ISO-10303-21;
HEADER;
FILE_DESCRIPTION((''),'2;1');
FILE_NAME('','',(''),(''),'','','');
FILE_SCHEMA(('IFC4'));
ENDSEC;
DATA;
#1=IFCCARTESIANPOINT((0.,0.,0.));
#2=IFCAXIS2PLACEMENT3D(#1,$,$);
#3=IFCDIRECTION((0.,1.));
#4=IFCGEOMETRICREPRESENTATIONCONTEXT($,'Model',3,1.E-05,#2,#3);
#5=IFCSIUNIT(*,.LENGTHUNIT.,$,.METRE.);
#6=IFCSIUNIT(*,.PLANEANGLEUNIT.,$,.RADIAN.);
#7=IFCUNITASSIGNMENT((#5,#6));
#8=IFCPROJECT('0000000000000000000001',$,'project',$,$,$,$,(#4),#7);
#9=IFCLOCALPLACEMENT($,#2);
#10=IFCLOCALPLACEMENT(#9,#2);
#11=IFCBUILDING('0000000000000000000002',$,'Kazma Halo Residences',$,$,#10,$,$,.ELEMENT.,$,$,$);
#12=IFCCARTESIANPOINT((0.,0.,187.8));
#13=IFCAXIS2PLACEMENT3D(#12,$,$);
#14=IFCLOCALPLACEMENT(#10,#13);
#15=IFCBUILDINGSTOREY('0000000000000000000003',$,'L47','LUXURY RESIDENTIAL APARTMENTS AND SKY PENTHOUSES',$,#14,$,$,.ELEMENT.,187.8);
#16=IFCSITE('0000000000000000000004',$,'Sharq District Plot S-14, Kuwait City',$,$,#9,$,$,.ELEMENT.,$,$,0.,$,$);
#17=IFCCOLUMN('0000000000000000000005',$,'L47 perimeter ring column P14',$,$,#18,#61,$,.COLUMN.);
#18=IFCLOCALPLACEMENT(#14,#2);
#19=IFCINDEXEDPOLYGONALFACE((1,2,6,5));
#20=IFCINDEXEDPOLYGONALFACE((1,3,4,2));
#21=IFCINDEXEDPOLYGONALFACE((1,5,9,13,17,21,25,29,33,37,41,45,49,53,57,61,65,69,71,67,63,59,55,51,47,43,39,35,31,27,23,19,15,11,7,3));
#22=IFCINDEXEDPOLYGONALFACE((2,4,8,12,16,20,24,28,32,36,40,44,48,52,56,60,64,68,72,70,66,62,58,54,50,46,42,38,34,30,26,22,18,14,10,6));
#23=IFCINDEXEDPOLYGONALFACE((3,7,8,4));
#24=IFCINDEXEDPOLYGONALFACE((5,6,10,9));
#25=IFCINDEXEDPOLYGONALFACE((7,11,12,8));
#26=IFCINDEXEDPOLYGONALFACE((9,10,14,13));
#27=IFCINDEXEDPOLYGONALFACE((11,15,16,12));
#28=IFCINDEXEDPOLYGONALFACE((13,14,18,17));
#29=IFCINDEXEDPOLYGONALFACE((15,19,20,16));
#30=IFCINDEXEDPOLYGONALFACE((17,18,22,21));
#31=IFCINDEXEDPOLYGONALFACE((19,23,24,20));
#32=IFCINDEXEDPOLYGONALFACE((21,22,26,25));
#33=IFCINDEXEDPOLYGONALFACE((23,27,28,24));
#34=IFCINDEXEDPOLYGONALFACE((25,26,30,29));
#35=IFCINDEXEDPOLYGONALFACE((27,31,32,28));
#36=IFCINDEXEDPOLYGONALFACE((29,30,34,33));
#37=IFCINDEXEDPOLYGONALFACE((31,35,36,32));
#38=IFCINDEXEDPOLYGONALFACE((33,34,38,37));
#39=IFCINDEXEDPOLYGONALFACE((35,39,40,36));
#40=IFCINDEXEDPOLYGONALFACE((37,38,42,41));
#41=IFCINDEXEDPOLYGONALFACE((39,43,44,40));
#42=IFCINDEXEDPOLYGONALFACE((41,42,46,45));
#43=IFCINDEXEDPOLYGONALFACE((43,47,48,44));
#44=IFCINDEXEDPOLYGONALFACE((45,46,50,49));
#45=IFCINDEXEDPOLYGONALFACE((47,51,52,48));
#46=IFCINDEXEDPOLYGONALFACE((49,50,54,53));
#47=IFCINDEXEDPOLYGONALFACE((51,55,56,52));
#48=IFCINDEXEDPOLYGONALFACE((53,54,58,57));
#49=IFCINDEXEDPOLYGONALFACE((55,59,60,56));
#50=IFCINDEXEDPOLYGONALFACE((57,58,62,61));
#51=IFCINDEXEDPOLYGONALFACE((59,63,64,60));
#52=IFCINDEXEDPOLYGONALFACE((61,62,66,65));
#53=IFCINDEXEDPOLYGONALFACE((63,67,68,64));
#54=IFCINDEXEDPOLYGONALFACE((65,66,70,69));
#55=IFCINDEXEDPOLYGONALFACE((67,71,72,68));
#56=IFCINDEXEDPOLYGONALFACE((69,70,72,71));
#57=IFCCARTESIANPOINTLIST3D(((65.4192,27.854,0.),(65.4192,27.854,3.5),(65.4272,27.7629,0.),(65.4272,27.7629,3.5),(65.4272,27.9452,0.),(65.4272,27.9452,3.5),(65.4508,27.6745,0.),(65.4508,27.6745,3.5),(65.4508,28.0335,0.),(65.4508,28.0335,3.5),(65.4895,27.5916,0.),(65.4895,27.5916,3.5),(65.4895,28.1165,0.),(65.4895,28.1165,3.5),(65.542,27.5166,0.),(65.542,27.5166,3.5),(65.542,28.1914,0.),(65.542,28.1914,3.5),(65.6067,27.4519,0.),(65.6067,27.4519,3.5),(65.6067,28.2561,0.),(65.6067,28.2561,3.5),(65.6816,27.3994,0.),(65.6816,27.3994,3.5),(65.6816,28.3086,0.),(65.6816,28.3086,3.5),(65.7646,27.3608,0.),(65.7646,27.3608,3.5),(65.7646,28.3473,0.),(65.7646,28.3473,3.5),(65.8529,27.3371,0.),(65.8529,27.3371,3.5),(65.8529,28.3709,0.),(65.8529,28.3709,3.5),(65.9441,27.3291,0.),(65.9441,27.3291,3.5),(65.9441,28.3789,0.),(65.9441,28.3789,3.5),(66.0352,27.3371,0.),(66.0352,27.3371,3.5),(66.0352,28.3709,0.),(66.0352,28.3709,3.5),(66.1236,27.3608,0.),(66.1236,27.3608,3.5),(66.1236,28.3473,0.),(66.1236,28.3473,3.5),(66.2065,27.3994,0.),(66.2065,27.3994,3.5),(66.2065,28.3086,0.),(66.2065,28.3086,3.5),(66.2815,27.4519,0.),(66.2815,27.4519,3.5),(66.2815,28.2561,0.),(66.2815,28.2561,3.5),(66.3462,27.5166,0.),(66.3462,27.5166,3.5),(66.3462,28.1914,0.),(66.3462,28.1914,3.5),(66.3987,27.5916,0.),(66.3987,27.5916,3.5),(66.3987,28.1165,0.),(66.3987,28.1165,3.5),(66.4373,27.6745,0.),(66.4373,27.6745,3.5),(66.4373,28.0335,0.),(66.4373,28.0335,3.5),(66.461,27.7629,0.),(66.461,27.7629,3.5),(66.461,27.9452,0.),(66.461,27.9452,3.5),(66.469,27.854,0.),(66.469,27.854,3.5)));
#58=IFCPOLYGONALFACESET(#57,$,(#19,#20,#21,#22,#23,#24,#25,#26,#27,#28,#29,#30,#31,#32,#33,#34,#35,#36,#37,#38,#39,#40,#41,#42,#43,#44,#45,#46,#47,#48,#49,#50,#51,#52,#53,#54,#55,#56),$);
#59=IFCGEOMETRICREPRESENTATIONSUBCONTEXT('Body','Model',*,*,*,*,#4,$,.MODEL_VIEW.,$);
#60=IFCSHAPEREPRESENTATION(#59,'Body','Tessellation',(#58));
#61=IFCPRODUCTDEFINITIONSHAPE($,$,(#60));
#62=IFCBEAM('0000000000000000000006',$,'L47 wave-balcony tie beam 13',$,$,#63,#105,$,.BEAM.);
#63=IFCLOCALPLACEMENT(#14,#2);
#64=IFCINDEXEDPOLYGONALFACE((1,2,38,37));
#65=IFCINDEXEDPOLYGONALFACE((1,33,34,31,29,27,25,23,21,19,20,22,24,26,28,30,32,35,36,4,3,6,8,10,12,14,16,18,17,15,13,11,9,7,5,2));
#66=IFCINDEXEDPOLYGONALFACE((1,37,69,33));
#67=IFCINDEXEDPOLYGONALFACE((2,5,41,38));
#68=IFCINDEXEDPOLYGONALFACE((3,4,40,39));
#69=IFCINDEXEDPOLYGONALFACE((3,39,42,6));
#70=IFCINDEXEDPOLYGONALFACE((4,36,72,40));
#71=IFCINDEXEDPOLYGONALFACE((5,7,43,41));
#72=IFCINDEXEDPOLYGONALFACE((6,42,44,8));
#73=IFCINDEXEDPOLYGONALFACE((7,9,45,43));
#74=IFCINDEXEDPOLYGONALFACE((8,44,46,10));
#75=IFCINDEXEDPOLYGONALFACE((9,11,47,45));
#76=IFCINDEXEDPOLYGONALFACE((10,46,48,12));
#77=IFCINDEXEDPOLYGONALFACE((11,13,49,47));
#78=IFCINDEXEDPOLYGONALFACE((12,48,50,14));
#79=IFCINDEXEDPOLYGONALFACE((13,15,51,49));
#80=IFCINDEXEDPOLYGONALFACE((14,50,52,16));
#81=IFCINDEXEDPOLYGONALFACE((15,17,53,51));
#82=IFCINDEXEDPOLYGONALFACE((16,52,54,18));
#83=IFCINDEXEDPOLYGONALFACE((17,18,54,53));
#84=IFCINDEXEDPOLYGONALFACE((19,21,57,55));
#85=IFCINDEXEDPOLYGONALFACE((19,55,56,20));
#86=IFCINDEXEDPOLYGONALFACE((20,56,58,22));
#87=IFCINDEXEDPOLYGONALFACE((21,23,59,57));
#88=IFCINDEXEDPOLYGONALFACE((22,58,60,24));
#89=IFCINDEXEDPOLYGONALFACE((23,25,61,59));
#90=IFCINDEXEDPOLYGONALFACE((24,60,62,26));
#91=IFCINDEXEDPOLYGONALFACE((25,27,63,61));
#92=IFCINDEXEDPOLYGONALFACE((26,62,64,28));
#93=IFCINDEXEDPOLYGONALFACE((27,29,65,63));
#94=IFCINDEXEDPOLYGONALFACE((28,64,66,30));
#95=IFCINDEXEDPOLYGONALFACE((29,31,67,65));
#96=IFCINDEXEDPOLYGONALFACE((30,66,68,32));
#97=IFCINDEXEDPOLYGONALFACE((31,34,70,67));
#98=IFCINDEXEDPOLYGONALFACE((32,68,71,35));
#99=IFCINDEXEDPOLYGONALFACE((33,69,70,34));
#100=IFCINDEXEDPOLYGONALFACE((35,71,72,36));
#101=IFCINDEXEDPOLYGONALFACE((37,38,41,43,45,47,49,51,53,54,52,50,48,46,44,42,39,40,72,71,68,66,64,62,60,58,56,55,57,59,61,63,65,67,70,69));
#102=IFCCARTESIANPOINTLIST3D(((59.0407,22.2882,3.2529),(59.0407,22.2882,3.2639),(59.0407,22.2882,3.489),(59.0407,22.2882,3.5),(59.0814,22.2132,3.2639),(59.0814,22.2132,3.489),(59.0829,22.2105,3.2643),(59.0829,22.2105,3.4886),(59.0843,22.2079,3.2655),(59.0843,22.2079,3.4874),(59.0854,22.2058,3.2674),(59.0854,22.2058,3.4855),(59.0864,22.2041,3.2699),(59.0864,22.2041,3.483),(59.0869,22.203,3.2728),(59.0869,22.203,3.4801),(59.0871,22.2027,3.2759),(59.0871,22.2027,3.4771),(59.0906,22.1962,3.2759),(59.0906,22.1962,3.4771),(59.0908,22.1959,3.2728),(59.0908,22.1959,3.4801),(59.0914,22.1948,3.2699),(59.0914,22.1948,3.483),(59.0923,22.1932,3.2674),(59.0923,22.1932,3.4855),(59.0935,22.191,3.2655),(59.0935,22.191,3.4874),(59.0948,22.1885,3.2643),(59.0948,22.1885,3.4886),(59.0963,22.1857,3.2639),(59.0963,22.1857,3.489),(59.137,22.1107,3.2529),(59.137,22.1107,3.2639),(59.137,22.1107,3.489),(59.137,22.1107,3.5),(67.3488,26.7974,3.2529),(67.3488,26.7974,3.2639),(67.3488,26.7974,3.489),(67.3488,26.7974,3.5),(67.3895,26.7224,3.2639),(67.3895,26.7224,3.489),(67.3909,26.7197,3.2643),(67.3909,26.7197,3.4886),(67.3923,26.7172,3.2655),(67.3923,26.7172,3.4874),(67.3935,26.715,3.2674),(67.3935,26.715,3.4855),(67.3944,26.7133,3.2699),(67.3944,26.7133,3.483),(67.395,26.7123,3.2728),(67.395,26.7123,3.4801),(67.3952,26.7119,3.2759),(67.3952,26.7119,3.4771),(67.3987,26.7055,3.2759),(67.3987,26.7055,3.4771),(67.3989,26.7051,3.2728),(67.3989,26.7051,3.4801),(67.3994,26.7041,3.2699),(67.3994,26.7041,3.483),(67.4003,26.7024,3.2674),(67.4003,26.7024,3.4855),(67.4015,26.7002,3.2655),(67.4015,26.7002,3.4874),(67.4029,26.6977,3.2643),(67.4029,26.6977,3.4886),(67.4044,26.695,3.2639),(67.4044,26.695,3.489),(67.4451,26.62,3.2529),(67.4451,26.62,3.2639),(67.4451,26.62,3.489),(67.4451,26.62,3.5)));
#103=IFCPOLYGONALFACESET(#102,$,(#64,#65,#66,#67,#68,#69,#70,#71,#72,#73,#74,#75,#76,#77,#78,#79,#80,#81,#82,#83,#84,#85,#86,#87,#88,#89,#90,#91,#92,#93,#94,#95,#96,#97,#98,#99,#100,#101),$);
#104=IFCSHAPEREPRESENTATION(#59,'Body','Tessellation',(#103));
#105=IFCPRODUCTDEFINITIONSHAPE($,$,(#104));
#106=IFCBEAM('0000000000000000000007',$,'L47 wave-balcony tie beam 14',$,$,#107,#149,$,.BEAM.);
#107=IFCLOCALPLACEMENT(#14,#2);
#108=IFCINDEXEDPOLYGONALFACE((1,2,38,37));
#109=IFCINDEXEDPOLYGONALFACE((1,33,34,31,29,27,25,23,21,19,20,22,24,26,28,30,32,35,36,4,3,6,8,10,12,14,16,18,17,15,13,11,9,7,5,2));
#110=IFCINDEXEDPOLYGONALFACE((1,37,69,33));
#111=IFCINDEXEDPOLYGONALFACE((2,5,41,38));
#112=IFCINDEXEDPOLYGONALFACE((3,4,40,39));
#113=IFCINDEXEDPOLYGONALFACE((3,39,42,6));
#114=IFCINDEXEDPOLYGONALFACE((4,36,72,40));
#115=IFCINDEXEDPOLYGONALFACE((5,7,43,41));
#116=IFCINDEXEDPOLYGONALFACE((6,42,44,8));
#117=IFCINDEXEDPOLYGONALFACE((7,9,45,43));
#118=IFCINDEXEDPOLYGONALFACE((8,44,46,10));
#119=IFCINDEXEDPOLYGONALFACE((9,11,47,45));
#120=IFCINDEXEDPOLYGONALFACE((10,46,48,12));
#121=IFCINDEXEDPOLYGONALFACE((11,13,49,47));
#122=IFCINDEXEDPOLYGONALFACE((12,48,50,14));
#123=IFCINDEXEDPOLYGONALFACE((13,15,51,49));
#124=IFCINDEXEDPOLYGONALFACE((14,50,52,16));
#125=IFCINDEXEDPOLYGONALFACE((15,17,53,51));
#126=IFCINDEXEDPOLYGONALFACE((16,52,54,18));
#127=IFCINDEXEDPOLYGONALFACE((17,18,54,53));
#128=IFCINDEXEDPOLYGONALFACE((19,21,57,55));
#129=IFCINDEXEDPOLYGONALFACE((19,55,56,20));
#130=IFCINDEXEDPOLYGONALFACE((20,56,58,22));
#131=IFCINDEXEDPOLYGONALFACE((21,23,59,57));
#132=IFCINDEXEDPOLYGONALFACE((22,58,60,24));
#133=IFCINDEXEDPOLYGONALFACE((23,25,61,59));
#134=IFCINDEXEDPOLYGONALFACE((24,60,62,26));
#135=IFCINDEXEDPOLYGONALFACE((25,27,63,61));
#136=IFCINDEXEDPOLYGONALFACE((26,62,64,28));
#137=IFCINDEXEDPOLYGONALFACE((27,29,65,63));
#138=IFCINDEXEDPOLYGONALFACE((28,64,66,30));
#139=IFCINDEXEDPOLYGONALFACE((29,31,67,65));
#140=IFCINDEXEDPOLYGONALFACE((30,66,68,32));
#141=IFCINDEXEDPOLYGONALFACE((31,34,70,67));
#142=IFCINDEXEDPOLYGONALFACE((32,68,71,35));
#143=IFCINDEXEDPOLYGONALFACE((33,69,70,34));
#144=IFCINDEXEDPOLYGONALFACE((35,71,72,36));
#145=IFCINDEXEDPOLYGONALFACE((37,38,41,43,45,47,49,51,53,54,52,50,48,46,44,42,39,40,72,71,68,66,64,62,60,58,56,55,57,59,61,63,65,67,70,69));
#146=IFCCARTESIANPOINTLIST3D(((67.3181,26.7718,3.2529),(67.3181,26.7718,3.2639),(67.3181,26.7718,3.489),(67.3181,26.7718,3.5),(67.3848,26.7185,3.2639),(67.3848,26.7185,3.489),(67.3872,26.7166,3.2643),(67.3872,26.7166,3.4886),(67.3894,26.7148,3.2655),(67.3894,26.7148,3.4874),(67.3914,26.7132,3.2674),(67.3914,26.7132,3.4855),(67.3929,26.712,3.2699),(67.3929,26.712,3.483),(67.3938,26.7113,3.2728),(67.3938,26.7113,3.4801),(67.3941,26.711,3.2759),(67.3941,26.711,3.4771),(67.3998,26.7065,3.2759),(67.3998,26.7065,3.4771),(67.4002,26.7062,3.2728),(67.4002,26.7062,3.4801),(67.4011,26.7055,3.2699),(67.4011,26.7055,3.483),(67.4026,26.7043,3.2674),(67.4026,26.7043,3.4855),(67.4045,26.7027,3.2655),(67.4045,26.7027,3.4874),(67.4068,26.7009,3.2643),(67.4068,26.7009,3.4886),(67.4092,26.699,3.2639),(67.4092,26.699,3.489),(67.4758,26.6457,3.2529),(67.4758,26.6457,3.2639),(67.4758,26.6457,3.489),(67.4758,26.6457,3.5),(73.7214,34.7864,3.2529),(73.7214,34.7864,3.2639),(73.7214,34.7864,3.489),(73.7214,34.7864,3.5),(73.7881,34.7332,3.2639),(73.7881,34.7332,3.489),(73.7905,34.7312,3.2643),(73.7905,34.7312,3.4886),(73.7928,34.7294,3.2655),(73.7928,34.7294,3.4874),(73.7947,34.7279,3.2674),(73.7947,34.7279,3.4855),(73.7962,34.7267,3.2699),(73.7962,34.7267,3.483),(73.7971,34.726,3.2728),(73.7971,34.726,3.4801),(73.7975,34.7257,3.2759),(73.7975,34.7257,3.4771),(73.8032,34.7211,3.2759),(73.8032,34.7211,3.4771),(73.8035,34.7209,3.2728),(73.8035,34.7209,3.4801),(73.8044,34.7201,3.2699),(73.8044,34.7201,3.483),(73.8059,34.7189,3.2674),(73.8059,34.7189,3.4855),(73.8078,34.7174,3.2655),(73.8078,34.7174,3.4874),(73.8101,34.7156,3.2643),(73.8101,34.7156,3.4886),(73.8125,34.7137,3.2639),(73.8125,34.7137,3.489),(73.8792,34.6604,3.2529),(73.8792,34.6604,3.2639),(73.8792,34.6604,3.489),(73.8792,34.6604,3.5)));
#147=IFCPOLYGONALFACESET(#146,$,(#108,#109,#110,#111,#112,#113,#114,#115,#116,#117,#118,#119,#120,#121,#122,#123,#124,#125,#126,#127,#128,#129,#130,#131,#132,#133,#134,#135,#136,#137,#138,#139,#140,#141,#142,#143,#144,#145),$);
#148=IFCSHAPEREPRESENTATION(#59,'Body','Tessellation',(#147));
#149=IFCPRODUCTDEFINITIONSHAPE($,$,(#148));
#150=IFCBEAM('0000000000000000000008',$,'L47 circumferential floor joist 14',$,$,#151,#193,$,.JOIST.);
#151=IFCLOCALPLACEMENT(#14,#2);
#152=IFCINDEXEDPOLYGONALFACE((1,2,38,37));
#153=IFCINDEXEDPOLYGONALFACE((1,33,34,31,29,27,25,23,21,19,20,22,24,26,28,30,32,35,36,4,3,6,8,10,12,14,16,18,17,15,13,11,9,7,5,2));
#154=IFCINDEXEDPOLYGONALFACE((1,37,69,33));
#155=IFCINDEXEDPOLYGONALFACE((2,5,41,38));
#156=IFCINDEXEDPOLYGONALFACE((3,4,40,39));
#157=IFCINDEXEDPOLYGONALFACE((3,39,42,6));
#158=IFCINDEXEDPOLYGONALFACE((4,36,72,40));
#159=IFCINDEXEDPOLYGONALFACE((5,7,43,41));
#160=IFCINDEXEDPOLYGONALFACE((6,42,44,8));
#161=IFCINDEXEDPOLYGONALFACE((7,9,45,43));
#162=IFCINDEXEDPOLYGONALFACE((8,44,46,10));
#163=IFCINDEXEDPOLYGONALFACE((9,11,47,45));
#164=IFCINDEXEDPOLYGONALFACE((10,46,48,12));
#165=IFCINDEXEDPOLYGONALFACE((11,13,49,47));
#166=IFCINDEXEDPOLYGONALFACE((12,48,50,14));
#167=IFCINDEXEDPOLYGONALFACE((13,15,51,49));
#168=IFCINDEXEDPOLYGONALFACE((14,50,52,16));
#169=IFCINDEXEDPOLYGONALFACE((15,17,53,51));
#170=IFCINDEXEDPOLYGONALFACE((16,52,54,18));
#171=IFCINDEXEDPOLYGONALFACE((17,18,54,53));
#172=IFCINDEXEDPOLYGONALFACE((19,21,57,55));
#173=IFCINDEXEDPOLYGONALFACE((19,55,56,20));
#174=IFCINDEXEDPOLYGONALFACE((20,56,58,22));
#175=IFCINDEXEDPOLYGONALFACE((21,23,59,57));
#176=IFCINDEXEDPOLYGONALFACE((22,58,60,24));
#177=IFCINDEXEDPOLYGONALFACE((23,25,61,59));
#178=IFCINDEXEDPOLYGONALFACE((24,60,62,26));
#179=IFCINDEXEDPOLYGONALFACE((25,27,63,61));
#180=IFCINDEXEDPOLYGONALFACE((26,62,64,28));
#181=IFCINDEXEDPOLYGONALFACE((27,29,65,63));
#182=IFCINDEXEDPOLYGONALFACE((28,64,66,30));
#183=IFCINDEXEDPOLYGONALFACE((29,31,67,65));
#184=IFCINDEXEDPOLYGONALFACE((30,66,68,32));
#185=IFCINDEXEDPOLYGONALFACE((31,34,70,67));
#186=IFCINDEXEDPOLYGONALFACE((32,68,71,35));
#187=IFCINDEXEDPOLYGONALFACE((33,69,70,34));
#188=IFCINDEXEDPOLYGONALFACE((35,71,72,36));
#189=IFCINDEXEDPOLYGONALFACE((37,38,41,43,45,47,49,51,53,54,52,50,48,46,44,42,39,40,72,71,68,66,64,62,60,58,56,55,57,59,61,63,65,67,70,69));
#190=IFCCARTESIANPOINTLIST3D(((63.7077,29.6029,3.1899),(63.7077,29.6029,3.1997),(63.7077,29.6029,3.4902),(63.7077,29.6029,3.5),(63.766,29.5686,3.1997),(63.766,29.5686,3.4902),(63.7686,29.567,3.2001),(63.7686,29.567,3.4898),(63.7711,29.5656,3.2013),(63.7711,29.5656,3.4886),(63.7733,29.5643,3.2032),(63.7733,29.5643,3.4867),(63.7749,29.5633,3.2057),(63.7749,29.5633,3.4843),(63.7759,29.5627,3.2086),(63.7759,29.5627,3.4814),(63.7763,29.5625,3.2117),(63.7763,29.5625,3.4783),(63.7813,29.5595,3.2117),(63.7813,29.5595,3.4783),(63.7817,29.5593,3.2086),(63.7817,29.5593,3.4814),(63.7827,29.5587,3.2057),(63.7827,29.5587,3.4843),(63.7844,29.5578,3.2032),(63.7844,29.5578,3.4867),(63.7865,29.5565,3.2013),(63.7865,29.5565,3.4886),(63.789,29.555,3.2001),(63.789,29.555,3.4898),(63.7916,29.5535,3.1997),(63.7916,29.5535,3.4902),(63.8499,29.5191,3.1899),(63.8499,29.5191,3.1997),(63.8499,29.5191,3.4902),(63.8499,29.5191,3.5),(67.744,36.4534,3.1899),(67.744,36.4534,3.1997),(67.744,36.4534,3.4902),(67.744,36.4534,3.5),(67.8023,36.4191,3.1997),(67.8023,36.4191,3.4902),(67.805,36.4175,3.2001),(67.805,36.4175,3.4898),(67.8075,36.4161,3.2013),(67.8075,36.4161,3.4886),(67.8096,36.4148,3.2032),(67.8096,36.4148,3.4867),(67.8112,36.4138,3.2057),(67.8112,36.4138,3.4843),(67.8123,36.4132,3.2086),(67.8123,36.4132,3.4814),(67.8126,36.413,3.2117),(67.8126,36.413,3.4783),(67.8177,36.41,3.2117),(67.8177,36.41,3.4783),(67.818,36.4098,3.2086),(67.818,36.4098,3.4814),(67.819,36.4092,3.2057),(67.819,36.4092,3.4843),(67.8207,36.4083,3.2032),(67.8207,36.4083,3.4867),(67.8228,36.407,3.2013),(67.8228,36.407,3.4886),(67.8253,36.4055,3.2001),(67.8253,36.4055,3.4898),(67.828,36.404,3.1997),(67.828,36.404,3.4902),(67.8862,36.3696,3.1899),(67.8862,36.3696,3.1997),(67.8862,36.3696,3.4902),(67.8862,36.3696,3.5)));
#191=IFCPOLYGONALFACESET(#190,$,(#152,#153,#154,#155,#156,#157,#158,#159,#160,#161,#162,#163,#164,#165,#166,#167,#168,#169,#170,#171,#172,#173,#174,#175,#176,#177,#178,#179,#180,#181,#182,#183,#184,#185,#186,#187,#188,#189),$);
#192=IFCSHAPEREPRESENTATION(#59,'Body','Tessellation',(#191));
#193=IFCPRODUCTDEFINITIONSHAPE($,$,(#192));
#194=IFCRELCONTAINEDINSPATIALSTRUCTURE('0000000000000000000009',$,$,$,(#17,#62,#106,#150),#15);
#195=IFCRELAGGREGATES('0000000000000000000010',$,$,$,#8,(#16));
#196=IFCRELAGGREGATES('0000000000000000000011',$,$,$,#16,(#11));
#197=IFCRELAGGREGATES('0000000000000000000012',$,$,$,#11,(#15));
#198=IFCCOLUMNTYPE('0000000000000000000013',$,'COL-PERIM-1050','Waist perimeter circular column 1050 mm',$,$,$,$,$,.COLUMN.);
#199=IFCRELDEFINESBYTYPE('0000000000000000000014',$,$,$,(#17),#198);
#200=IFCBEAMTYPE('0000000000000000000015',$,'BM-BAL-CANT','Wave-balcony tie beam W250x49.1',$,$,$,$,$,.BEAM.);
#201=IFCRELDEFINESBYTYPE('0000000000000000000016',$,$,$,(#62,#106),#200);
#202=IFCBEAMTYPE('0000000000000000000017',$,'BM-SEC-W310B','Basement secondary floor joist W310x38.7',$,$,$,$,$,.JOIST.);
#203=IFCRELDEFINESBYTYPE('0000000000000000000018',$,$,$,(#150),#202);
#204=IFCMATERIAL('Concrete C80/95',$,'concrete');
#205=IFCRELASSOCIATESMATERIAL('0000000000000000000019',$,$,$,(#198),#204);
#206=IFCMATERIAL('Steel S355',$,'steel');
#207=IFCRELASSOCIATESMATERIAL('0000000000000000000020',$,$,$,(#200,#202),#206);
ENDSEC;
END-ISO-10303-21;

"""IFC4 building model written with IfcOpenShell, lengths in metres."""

from ifc_helpers import new_model, si_unit, direction, frame, origin, origin_2d, place, context, subcontext, project, spatial, circle, i_section, extrude, material, material_profile, profile_set, type_object, element, save


model = new_model("IFC4")

# Units and contexts
model_context = context("Model", 3, precision=1e-05, world=origin(), true_north=direction((0.0, 1.0)))
body_context = subcontext(model_context, "Body", "Model", "MODEL_VIEW")
ifc_project = project(units=[si_unit("LENGTHUNIT", "METRE"), si_unit("PLANEANGLEUNIT", "RADIAN")], contexts=[model_context])

# Site, building, storey
site_placement = place(None, origin())
site = spatial("IfcSite", under=ifc_project, at=site_placement, Name="Sharq District Plot S-14, Kuwait City", CompositionType="ELEMENT", RefElevation=0.0)
building_placement = place(site_placement, origin())
building = spatial("IfcBuilding", under=site, at=building_placement, Name="Kazma Halo Residences", CompositionType="ELEMENT")
storey_placement = place(building_placement, frame((0.0, 0.0, 187.8)))
storey = spatial("IfcBuildingStorey", under=building, at=storey_placement, Name="L47", Description="LUXURY RESIDENTIAL APARTMENTS AND SKY PENTHOUSES", CompositionType="ELEMENT", Elevation=187.8)

# Column
ifc_material_1 = material(Name="Concrete C80/95", Category="concrete")
ifc_material_profile_1 = material_profile(ifc_material_1, circle(Radius=0.5249, at=origin_2d()), Name="CIRC1050")
ifc_profile_set_1 = profile_set([ifc_material_profile_1], Name="Concrete C80/95")
column_type = type_object("IfcColumnType", Name="COL-PERIM-1050", Description="Waist perimeter circular column 1050 mm", PredefinedType="COLUMN", material=ifc_profile_set_1)
column_placement = place(storey_placement, frame((65.9441, 27.854, 0.0), z_axis=(0.0, 0.0, 1.0), x_axis=(1.0, 0.0, 0.0)))
element("IfcColumn", 1, at=column_placement, inside=storey, type_object=column_type, Name="L47 perimeter ring column P14", PredefinedType="COLUMN", context=body_context, shape_type="SweptSolid", body=[
    extrude(circle(Radius=0.5249, at=origin_2d()), origin(), (0.0, 0.0, 1.0), 3.5),
])

# Beams
ifc_material_2 = material(Name="Steel S355", Category="steel")
ifc_material_profile_2 = material_profile(ifc_material_2, i_section(OverallWidth=0.2019, OverallDepth=0.2471, WebThickness=0.0073, FlangeThickness=0.011, FilletRadius=0.012, at=origin_2d()), Name="W250x49.1")
ifc_profile_set_2 = profile_set([ifc_material_profile_2], Name="Steel S355")
beam_type_1 = type_object("IfcBeamType", Name="BM-BAL-CANT", Description="Wave-balcony tie beam W250x49.1", PredefinedType="BEAM", material=ifc_profile_set_2)
beam_1_placement = place(storey_placement, frame((59.0889, 22.1995, 3.3765), z_axis=(0.878891, 0.477023, 0.0), x_axis=(-0.477023, 0.878891, 0.0)))
element("IfcBeam", 2, at=beam_1_placement, inside=storey, type_object=beam_type_1, Name="L47 wave-balcony tie beam 13", PredefinedType="BEAM", context=body_context, shape_type="SweptSolid", body=[
    extrude(i_section(OverallWidth=0.2019, OverallDepth=0.2471, WebThickness=0.0073, FlangeThickness=0.011, FilletRadius=0.012, at=origin_2d()), origin(), (0.0, 0.0, 1.0), 9.4529),
])
beam_2_placement = place(storey_placement, frame((67.397, 26.7087, 3.3765), z_axis=(0.624196, 0.781268, 0.0), x_axis=(-0.781268, 0.624196, 0.0)))
element("IfcBeam", 3, at=beam_2_placement, inside=storey, type_object=beam_type_1, Name="L47 wave-balcony tie beam 14", PredefinedType="BEAM", context=body_context, shape_type="SweptSolid", body=[
    extrude(i_section(OverallWidth=0.2019, OverallDepth=0.2471, WebThickness=0.0073, FlangeThickness=0.011, FilletRadius=0.012, at=origin_2d()), origin(), (0.0, 0.0, 1.0), 10.2585),
])
ifc_material_profile_3 = material_profile(ifc_material_2, i_section(OverallWidth=0.165, OverallDepth=0.3101, WebThickness=0.0059, FlangeThickness=0.0098, FilletRadius=0.012, at=origin_2d()), Name="W310x38.7")
ifc_profile_set_3 = profile_set([ifc_material_profile_3], Name="Steel S355")
beam_type_2 = type_object("IfcBeamType", Name="BM-SEC-W310B", Description="Basement secondary floor joist W310x38.7", PredefinedType="JOIST", material=ifc_profile_set_3)
beam_3_placement = place(storey_placement, frame((63.7788, 29.561, 3.345), z_axis=(0.507639, 0.86157, 0.0), x_axis=(-0.86157, 0.507639, 0.0)))
element("IfcBeam", 4, at=beam_3_placement, inside=storey, type_object=beam_type_2, Name="L47 circumferential floor joist 14", PredefinedType="JOIST", context=body_context, shape_type="SweptSolid", body=[
    extrude(i_section(OverallWidth=0.165, OverallDepth=0.3101, WebThickness=0.0059, FlangeThickness=0.0098, FilletRadius=0.012, at=origin_2d()), origin(), (0.0, 0.0, 1.0), 7.9512),
])

save(model, "model.ifc")
